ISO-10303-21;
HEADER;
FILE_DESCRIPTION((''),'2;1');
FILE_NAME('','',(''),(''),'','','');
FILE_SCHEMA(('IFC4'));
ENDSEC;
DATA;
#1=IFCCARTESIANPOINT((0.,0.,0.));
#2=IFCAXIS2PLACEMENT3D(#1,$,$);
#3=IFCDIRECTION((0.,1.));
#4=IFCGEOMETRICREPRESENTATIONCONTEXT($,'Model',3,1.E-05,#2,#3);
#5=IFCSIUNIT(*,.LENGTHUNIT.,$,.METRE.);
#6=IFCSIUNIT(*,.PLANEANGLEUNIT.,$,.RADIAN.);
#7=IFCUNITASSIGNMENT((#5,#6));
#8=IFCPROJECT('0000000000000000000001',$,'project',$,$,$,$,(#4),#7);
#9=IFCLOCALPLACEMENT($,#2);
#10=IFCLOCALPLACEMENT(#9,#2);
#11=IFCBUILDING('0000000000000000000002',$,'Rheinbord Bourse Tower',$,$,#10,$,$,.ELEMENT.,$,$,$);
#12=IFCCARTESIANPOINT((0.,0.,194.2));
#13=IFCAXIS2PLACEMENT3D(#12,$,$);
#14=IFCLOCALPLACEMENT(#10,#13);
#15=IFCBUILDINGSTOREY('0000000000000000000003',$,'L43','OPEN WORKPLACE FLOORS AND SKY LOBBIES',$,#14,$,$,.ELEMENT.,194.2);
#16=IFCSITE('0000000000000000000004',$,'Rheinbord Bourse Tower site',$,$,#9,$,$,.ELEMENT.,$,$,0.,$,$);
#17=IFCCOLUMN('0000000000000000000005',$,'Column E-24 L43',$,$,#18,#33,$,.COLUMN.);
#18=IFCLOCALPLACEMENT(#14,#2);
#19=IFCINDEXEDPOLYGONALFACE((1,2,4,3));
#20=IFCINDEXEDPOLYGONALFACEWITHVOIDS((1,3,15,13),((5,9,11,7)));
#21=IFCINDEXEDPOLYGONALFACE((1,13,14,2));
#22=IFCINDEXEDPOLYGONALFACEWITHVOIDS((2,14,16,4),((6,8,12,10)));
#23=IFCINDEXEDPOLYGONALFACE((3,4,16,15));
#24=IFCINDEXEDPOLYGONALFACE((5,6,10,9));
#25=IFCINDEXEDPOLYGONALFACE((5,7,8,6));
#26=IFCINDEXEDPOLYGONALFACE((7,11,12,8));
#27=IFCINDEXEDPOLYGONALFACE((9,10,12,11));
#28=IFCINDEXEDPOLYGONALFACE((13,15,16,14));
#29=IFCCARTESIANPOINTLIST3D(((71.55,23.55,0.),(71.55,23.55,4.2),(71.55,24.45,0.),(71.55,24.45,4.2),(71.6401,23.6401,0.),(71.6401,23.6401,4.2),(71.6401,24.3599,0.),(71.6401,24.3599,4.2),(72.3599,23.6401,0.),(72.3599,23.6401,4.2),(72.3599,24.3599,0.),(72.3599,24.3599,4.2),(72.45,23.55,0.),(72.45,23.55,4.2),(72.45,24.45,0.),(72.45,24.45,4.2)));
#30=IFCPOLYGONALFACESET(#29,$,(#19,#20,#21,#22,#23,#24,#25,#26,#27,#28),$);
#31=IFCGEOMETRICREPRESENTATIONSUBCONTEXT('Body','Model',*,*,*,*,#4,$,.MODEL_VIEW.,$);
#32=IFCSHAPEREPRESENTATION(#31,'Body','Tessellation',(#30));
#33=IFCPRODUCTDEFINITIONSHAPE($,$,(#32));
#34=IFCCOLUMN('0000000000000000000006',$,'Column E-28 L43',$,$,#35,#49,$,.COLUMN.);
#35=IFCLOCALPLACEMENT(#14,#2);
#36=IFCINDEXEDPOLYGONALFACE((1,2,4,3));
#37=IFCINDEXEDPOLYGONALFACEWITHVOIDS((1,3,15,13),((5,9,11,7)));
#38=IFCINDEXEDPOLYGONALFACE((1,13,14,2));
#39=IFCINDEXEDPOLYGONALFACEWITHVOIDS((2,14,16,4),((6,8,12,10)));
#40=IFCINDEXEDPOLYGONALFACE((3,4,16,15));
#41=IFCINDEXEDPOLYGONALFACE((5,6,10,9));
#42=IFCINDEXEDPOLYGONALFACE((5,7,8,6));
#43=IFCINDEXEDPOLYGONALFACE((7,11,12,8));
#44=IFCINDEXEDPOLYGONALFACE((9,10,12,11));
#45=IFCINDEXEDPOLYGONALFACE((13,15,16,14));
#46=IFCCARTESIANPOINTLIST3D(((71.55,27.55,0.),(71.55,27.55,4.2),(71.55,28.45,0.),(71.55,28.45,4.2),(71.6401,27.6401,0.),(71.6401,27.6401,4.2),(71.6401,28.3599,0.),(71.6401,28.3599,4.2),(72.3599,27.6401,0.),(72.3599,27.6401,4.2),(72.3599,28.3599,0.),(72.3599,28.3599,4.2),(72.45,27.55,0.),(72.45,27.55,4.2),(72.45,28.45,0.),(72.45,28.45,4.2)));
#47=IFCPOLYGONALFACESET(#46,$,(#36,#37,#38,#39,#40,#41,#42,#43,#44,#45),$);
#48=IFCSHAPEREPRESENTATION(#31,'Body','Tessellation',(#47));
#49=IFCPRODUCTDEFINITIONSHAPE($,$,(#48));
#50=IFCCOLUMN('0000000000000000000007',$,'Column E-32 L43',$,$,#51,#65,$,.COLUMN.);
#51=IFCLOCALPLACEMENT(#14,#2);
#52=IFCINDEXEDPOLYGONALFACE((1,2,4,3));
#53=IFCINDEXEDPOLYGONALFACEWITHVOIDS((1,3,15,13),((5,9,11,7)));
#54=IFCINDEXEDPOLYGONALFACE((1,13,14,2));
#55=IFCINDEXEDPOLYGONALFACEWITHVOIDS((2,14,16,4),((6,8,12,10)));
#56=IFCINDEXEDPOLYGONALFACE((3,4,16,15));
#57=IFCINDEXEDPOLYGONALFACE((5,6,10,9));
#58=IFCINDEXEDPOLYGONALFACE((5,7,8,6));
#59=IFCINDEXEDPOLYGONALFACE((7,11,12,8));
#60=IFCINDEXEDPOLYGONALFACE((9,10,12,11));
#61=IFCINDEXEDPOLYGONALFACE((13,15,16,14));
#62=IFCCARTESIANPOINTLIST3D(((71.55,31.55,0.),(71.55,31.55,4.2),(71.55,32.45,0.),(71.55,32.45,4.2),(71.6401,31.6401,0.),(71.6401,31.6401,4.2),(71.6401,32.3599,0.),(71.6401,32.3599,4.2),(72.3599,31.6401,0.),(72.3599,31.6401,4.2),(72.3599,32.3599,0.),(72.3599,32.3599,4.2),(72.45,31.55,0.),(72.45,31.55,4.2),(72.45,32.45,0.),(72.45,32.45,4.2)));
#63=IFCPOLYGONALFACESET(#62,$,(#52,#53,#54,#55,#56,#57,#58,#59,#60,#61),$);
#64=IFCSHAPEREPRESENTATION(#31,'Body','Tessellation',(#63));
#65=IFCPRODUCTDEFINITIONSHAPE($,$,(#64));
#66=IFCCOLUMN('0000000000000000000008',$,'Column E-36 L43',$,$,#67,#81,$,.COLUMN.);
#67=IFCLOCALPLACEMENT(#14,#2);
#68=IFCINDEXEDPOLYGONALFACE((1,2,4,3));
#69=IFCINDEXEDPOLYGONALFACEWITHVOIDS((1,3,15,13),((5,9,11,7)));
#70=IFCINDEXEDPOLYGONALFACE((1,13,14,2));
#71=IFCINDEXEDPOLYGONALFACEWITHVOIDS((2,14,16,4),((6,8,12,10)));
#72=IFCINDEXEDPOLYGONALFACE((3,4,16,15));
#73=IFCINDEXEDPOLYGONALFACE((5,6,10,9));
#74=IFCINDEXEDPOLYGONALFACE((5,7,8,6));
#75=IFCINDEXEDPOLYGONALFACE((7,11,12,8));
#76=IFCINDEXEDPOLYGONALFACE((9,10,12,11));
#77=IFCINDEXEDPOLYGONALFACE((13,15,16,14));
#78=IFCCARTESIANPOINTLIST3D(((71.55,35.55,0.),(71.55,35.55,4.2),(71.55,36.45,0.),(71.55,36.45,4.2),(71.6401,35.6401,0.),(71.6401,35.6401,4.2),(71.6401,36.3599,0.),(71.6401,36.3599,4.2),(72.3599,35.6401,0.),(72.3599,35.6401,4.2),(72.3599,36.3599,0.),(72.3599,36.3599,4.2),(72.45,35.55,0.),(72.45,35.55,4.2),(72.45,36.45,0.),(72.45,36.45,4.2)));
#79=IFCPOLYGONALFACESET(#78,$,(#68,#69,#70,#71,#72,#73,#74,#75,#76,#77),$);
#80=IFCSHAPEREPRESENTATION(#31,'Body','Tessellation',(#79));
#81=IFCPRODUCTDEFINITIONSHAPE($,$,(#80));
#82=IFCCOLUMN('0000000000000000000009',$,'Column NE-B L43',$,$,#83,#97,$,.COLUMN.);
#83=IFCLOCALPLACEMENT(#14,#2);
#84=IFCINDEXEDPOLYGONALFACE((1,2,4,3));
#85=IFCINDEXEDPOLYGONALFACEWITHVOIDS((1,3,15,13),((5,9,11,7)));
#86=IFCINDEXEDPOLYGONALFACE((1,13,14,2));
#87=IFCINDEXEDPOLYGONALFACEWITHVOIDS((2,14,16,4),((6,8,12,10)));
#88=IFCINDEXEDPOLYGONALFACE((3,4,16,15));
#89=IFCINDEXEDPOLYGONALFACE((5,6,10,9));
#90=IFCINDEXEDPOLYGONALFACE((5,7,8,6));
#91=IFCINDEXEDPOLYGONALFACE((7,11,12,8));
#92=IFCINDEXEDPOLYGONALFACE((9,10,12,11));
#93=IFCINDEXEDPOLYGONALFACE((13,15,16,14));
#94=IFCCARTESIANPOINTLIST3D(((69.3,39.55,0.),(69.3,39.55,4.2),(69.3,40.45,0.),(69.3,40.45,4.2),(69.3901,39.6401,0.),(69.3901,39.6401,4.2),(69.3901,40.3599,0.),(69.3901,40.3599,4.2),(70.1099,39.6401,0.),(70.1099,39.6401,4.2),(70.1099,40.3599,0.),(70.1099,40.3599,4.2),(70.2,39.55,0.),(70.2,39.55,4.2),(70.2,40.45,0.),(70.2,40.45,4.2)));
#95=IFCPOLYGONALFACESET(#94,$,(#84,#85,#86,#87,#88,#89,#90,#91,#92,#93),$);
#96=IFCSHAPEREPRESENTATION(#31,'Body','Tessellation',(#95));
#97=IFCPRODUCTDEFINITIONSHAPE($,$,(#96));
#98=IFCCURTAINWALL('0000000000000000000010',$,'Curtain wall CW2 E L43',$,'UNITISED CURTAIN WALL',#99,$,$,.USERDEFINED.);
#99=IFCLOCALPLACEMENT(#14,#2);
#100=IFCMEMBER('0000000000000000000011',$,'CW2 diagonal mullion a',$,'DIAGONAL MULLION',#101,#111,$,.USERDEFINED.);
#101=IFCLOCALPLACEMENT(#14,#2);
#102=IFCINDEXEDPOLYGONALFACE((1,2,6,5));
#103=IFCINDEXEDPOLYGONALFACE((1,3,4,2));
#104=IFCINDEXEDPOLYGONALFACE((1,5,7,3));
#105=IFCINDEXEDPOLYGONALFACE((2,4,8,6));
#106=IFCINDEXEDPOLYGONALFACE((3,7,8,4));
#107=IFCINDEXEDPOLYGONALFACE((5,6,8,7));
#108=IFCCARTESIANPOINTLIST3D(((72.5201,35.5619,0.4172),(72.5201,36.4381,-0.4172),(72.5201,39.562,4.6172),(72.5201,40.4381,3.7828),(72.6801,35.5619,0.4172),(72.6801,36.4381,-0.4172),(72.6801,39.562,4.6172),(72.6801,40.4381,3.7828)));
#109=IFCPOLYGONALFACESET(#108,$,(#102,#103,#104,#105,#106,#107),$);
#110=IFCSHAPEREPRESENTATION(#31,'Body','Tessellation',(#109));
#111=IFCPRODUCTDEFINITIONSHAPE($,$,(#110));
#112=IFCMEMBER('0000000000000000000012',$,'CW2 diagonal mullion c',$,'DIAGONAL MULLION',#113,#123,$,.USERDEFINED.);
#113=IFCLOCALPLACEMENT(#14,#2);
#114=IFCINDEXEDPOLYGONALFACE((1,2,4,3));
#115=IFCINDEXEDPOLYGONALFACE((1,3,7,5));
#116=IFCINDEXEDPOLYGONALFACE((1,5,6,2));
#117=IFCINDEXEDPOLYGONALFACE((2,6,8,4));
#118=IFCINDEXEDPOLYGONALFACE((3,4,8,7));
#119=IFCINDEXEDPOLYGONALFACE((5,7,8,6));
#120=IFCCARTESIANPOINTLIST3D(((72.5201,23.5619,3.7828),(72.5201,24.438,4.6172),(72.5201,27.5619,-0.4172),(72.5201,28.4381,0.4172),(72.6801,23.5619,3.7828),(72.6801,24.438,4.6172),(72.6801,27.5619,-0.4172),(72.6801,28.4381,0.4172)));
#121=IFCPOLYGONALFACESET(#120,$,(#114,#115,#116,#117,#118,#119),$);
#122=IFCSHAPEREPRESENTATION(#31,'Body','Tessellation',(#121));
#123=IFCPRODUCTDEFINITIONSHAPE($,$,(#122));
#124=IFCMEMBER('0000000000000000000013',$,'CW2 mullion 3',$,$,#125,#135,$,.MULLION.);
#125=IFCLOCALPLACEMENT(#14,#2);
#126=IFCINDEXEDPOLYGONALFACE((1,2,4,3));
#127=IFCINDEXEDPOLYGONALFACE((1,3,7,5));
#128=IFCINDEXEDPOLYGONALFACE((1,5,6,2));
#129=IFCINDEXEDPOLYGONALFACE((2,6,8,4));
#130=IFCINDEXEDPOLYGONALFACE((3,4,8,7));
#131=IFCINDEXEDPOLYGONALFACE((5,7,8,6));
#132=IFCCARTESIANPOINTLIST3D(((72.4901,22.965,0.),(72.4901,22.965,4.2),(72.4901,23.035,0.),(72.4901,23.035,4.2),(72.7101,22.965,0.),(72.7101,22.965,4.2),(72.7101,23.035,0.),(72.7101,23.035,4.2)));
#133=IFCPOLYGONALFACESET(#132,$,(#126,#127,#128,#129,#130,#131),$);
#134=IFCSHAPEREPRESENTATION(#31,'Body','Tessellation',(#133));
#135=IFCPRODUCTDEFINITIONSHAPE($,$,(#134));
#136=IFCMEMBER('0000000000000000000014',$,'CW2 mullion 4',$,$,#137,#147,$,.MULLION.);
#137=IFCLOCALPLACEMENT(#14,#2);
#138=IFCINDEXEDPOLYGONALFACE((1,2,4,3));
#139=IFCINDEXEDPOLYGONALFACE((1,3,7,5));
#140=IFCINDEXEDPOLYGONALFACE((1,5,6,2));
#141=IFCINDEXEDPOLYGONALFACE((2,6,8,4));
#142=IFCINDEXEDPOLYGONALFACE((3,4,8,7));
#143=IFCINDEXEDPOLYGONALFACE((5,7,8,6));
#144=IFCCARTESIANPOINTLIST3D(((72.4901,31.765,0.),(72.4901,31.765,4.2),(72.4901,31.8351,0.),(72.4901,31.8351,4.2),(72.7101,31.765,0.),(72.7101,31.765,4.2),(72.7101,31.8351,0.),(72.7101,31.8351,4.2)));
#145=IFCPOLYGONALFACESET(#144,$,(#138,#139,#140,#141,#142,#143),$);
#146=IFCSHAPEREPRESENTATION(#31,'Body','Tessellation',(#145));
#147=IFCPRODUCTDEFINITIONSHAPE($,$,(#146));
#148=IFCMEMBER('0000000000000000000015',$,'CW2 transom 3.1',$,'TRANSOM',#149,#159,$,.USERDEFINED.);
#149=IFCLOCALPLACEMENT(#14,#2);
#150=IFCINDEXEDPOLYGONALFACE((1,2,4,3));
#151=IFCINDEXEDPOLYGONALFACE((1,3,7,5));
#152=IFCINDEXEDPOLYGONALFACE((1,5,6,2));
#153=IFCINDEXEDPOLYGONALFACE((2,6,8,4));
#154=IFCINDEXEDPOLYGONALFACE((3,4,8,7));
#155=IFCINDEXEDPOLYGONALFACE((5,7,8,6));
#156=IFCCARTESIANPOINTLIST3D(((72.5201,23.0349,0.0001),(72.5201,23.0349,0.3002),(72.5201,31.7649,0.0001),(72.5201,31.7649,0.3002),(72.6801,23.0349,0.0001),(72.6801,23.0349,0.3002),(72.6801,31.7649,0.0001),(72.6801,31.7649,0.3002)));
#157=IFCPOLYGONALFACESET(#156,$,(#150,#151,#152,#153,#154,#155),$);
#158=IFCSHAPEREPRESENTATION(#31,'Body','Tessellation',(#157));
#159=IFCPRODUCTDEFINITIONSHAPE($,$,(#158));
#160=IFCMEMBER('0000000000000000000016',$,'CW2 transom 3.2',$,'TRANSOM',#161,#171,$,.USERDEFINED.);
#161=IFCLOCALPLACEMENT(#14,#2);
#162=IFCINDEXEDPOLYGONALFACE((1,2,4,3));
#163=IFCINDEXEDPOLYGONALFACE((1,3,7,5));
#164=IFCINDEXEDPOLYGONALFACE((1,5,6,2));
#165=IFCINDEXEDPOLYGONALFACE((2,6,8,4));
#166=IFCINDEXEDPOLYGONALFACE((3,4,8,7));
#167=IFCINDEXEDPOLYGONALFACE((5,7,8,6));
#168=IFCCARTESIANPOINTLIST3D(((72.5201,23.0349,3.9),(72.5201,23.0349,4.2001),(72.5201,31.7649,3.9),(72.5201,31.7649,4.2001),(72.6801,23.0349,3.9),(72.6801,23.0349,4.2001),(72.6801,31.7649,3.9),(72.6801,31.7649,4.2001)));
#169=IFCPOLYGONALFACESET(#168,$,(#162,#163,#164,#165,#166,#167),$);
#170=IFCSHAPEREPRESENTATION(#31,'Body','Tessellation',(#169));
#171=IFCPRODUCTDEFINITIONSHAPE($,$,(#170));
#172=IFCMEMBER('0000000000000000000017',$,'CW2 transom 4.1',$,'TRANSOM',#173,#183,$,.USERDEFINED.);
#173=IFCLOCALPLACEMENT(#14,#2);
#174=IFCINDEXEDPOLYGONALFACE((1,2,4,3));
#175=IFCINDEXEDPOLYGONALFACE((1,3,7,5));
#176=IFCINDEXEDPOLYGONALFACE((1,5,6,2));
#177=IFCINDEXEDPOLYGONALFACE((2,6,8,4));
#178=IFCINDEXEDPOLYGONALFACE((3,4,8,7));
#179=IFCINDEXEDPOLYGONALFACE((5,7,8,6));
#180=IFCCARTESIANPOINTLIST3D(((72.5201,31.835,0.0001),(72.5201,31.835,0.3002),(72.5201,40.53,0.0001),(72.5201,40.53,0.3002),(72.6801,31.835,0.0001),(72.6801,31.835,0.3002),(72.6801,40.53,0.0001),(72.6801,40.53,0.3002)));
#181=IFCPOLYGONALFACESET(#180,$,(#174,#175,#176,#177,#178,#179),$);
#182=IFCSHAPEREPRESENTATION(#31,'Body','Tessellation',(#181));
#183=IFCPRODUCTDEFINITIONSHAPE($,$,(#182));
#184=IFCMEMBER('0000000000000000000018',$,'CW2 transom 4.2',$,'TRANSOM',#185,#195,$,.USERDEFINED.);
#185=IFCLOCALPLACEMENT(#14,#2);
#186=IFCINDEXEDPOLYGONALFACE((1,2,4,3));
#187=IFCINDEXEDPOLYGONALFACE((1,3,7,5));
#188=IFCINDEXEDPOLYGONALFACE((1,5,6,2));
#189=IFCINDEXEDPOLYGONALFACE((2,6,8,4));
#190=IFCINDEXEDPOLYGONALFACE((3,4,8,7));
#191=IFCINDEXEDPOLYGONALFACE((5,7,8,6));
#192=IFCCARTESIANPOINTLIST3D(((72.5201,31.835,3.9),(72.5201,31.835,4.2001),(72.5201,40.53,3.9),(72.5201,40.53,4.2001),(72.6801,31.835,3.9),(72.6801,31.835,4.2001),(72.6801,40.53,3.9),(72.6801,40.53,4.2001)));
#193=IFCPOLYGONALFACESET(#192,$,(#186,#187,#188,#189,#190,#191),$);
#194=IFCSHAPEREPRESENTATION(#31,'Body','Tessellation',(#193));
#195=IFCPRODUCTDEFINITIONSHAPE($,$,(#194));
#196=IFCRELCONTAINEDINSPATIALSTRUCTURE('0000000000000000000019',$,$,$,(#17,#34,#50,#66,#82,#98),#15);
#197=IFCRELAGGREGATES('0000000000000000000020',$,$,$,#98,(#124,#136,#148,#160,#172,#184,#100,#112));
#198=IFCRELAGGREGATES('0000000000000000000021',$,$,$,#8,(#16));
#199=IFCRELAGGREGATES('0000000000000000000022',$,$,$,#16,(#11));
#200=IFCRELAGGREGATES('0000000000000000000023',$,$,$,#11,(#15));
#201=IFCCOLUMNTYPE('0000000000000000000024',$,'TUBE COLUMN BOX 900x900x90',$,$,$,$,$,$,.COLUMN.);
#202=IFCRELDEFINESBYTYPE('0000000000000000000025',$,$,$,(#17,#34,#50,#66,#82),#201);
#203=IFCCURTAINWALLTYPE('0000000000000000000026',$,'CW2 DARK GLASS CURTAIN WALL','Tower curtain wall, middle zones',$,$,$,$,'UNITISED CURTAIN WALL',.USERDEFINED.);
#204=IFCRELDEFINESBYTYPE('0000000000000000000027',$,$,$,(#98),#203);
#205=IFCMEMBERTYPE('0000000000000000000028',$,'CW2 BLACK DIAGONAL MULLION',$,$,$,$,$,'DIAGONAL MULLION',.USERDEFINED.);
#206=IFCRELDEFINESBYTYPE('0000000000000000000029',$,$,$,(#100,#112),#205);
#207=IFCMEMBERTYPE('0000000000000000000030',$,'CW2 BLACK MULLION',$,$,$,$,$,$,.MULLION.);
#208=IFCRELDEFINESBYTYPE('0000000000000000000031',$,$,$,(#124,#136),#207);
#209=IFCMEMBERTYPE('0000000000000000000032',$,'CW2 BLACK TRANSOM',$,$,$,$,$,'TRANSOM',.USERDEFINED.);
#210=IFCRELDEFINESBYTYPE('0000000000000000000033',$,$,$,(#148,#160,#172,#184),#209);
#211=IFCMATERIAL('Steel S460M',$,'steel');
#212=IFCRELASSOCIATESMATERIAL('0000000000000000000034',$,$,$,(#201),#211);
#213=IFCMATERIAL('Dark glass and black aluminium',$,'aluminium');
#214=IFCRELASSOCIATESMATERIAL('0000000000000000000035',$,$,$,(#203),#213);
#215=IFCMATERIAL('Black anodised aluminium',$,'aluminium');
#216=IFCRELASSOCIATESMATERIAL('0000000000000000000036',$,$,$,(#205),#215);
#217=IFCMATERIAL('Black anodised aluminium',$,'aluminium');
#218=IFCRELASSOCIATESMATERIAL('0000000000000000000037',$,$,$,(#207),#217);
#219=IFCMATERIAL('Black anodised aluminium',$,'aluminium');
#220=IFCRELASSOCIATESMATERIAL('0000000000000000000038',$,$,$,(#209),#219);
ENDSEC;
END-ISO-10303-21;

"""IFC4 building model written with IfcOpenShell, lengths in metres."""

from ifc_helpers import new_model, si_unit, direction, frame, origin, origin_2d, place, context, subcontext, project, spatial, rectangle, hollow_rectangle, extrude, material, material_profile, profile_set, type_object, element, aggregate, save


model = new_model("IFC4")

# Units and contexts
model_context = context("Model", 3, precision=1e-05, world=origin(), true_north=direction((0.0, 1.0)))
body_context = subcontext(model_context, "Body", "Model", "MODEL_VIEW")
ifc_project = project(units=[si_unit("LENGTHUNIT", "METRE"), si_unit("PLANEANGLEUNIT", "RADIAN")], contexts=[model_context])

# Site, building, storey
site_placement = place(None, origin())
site = spatial("IfcSite", under=ifc_project, at=site_placement, Name="Rheinbord Bourse Tower site", CompositionType="ELEMENT", RefElevation=0.0)
building_placement = place(site_placement, origin())
building = spatial("IfcBuilding", under=site, at=building_placement, Name="Rheinbord Bourse Tower", CompositionType="ELEMENT")
storey_placement = place(building_placement, frame((0.0, 0.0, 194.2)))
storey = spatial("IfcBuildingStorey", under=building, at=storey_placement, Name="L43", Description="OPEN WORKPLACE FLOORS AND SKY LOBBIES", CompositionType="ELEMENT", Elevation=194.2)

# Columns
ifc_material_1 = material(Name="Steel S460M", Category="steel")
ifc_material_profile_1 = material_profile(ifc_material_1, hollow_rectangle(XDim=0.8999, YDim=0.8999, WallThickness=0.0901, at=origin_2d()), Name="BOX 900x900x90")
ifc_profile_set_1 = profile_set([ifc_material_profile_1], Name="Steel S460M")
column_type = type_object("IfcColumnType", Name="TUBE COLUMN BOX 900x900x90", PredefinedType="COLUMN", material=ifc_profile_set_1)
for number, where, z_axis, x_axis, name in (
    (1, (72.0, 24.0, 0.0), (0.0, 0.0, 1.0), (1.0, 0.0, 0.0), "Column E-24 L43"),
    (2, (72.0, 28.0, 0.0), (0.0, 0.0, 1.0), (1.0, 0.0, 0.0), "Column E-28 L43"),
    (3, (72.0, 32.0, 0.0), (0.0, 0.0, 1.0), (1.0, 0.0, 0.0), "Column E-32 L43"),
    (4, (72.0, 36.0, 0.0), (0.0, 0.0, 1.0), (1.0, 0.0, 0.0), "Column E-36 L43"),
    (5, (69.75, 40.0, 0.0), (0.0, 0.0, 1.0), (1.0, 0.0, 0.0), "Column NE-B L43"),
):
    element("IfcColumn", number, at=place(storey_placement, frame(where, z_axis=z_axis, x_axis=x_axis)), inside=storey, type_object=column_type, Name=name, PredefinedType="COLUMN", context=body_context, shape_type="SweptSolid", body=[
        extrude(hollow_rectangle(XDim=0.8999, YDim=0.8999, WallThickness=0.0901, at=origin_2d()), origin(), (0.0, 0.0, 1.0), 4.2),
    ])

# Curtain wall, members
ifc_material_2 = material(Name="Dark glass and black aluminium", Category="aluminium")
curtain_wall_type = type_object("IfcCurtainWallType", Name="CW2 DARK GLASS CURTAIN WALL", Description="Tower curtain wall, middle zones", ElementType="UNITISED CURTAIN WALL", PredefinedType="USERDEFINED", material=ifc_material_2)
curtain_wall_placement = place(storey_placement, origin())
curtain_wall = element("IfcCurtainWall", 6, at=curtain_wall_placement, inside=storey, type_object=curtain_wall_type, Name="Curtain wall CW2 E L43", ObjectType="UNITISED CURTAIN WALL", PredefinedType="USERDEFINED")
ifc_material_3 = material(Name="Black anodised aluminium", Category="aluminium")
ifc_material_profile_2 = material_profile(ifc_material_3, rectangle(XDim=0.1599, YDim=1.21, at=origin_2d()), Name="CW2 DIAGONAL MULLION 1210x160")
ifc_profile_set_2 = profile_set([ifc_material_profile_2], Name="Black anodised aluminium")
member_type_1 = type_object("IfcMemberType", Name="CW2 BLACK DIAGONAL MULLION", ElementType="DIAGONAL MULLION", PredefinedType="USERDEFINED", material=ifc_profile_set_2)
member_1_placement = place(storey_placement, frame((72.6001, 36.0, 0.0), z_axis=(0.0, 0.689659, 0.724134), x_axis=(-1.0, 0.0, 0.0)))
member_1 = element("IfcMember", 7, at=member_1_placement, type_object=member_type_1, Name="CW2 diagonal mullion a", ObjectType="DIAGONAL MULLION", PredefinedType="USERDEFINED", context=body_context, shape_type="SweptSolid", body=[
    extrude(rectangle(XDim=0.1599, YDim=1.21, at=origin_2d()), origin(), (0.0, 0.0, 1.0), 5.8),
])
member_2_placement = place(storey_placement, frame((72.6001, 28.0, 0.0), z_axis=(0.0, -0.689659, 0.724134), x_axis=(1.0, 0.0, 0.0)))
member_2 = element("IfcMember", 8, at=member_2_placement, type_object=member_type_1, Name="CW2 diagonal mullion c", ObjectType="DIAGONAL MULLION", PredefinedType="USERDEFINED", context=body_context, shape_type="SweptSolid", body=[
    extrude(rectangle(XDim=0.1599, YDim=1.21, at=origin_2d()), origin(), (0.0, 0.0, 1.0), 5.8),
])
ifc_material_4 = material(Name="Black anodised aluminium", Category="aluminium")
ifc_material_profile_3 = material_profile(ifc_material_4, rectangle(XDim=0.22, YDim=0.0701, at=origin_2d()), Name="CW2 MULLION 70x220")
ifc_profile_set_3 = profile_set([ifc_material_profile_3], Name="Black anodised aluminium")
member_type_2 = type_object("IfcMemberType", Name="CW2 BLACK MULLION", PredefinedType="MULLION", material=ifc_profile_set_3)
member_3_placement = place(storey_placement, frame((72.6001, 23.0, 0.0), z_axis=(0.0, 0.0, 1.0), x_axis=(-1.0, 0.0, 0.0)))
member_3 = element("IfcMember", 9, at=member_3_placement, type_object=member_type_2, Name="CW2 mullion 3", PredefinedType="MULLION", context=body_context, shape_type="SweptSolid", body=[
    extrude(rectangle(XDim=0.22, YDim=0.0701, at=origin_2d()), origin(), (0.0, 0.0, 1.0), 4.2),
])
member_4_placement = place(storey_placement, frame((72.6001, 31.8, 0.0), z_axis=(0.0, 0.0, 1.0), x_axis=(-1.0, 0.0, 0.0)))
member_4 = element("IfcMember", 10, at=member_4_placement, type_object=member_type_2, Name="CW2 mullion 4", PredefinedType="MULLION", context=body_context, shape_type="SweptSolid", body=[
    extrude(rectangle(XDim=0.22, YDim=0.0701, at=origin_2d()), origin(), (0.0, 0.0, 1.0), 4.2),
])
ifc_material_5 = material(Name="Black anodised aluminium", Category="aluminium")
ifc_material_profile_4 = material_profile(ifc_material_5, rectangle(XDim=0.1599, YDim=0.3, at=origin_2d()), Name="CW2 TRANSOM 300x160")
ifc_profile_set_4 = profile_set([ifc_material_profile_4], Name="Black anodised aluminium")
member_type_3 = type_object("IfcMemberType", Name="CW2 BLACK TRANSOM", ElementType="TRANSOM", PredefinedType="USERDEFINED", material=ifc_profile_set_4)
member_5_placement = place(storey_placement, frame((72.6001, 23.0349, 0.1501), z_axis=(0.0, 1.0, 0.0), x_axis=(-1.0, 0.0, 0.0)))
member_5 = element("IfcMember", 11, at=member_5_placement, type_object=member_type_3, Name="CW2 transom 3.1", ObjectType="TRANSOM", PredefinedType="USERDEFINED", context=body_context, shape_type="SweptSolid", body=[
    extrude(rectangle(XDim=0.1599, YDim=0.3, at=origin_2d()), origin(), (0.0, 0.0, 1.0), 8.73),
])
member_6_placement = place(storey_placement, frame((72.6001, 23.0349, 4.05), z_axis=(0.0, 1.0, 0.0), x_axis=(-1.0, 0.0, 0.0)))
member_6 = element("IfcMember", 12, at=member_6_placement, type_object=member_type_3, Name="CW2 transom 3.2", ObjectType="TRANSOM", PredefinedType="USERDEFINED", context=body_context, shape_type="SweptSolid", body=[
    extrude(rectangle(XDim=0.1599, YDim=0.3, at=origin_2d()), origin(), (0.0, 0.0, 1.0), 8.73),
])
member_7_placement = place(storey_placement, frame((72.6001, 31.835, 0.1501), z_axis=(0.0, 1.0, 0.0), x_axis=(-1.0, 0.0, 0.0)))
member_7 = element("IfcMember", 13, at=member_7_placement, type_object=member_type_3, Name="CW2 transom 4.1", ObjectType="TRANSOM", PredefinedType="USERDEFINED", context=body_context, shape_type="SweptSolid", body=[
    extrude(rectangle(XDim=0.1599, YDim=0.3, at=origin_2d()), origin(), (0.0, 0.0, 1.0), 8.6951),
])
member_8_placement = place(storey_placement, frame((72.6001, 31.835, 4.05), z_axis=(0.0, 1.0, 0.0), x_axis=(-1.0, 0.0, 0.0)))
member_8 = element("IfcMember", 14, at=member_8_placement, type_object=member_type_3, Name="CW2 transom 4.2", ObjectType="TRANSOM", PredefinedType="USERDEFINED", context=body_context, shape_type="SweptSolid", body=[
    extrude(rectangle(XDim=0.1599, YDim=0.3, at=origin_2d()), origin(), (0.0, 0.0, 1.0), 8.6951),
])

aggregate(curtain_wall, [member_3, member_4, member_5, member_6, member_7, member_8, member_1, member_2])

save(model, "model.ifc")
